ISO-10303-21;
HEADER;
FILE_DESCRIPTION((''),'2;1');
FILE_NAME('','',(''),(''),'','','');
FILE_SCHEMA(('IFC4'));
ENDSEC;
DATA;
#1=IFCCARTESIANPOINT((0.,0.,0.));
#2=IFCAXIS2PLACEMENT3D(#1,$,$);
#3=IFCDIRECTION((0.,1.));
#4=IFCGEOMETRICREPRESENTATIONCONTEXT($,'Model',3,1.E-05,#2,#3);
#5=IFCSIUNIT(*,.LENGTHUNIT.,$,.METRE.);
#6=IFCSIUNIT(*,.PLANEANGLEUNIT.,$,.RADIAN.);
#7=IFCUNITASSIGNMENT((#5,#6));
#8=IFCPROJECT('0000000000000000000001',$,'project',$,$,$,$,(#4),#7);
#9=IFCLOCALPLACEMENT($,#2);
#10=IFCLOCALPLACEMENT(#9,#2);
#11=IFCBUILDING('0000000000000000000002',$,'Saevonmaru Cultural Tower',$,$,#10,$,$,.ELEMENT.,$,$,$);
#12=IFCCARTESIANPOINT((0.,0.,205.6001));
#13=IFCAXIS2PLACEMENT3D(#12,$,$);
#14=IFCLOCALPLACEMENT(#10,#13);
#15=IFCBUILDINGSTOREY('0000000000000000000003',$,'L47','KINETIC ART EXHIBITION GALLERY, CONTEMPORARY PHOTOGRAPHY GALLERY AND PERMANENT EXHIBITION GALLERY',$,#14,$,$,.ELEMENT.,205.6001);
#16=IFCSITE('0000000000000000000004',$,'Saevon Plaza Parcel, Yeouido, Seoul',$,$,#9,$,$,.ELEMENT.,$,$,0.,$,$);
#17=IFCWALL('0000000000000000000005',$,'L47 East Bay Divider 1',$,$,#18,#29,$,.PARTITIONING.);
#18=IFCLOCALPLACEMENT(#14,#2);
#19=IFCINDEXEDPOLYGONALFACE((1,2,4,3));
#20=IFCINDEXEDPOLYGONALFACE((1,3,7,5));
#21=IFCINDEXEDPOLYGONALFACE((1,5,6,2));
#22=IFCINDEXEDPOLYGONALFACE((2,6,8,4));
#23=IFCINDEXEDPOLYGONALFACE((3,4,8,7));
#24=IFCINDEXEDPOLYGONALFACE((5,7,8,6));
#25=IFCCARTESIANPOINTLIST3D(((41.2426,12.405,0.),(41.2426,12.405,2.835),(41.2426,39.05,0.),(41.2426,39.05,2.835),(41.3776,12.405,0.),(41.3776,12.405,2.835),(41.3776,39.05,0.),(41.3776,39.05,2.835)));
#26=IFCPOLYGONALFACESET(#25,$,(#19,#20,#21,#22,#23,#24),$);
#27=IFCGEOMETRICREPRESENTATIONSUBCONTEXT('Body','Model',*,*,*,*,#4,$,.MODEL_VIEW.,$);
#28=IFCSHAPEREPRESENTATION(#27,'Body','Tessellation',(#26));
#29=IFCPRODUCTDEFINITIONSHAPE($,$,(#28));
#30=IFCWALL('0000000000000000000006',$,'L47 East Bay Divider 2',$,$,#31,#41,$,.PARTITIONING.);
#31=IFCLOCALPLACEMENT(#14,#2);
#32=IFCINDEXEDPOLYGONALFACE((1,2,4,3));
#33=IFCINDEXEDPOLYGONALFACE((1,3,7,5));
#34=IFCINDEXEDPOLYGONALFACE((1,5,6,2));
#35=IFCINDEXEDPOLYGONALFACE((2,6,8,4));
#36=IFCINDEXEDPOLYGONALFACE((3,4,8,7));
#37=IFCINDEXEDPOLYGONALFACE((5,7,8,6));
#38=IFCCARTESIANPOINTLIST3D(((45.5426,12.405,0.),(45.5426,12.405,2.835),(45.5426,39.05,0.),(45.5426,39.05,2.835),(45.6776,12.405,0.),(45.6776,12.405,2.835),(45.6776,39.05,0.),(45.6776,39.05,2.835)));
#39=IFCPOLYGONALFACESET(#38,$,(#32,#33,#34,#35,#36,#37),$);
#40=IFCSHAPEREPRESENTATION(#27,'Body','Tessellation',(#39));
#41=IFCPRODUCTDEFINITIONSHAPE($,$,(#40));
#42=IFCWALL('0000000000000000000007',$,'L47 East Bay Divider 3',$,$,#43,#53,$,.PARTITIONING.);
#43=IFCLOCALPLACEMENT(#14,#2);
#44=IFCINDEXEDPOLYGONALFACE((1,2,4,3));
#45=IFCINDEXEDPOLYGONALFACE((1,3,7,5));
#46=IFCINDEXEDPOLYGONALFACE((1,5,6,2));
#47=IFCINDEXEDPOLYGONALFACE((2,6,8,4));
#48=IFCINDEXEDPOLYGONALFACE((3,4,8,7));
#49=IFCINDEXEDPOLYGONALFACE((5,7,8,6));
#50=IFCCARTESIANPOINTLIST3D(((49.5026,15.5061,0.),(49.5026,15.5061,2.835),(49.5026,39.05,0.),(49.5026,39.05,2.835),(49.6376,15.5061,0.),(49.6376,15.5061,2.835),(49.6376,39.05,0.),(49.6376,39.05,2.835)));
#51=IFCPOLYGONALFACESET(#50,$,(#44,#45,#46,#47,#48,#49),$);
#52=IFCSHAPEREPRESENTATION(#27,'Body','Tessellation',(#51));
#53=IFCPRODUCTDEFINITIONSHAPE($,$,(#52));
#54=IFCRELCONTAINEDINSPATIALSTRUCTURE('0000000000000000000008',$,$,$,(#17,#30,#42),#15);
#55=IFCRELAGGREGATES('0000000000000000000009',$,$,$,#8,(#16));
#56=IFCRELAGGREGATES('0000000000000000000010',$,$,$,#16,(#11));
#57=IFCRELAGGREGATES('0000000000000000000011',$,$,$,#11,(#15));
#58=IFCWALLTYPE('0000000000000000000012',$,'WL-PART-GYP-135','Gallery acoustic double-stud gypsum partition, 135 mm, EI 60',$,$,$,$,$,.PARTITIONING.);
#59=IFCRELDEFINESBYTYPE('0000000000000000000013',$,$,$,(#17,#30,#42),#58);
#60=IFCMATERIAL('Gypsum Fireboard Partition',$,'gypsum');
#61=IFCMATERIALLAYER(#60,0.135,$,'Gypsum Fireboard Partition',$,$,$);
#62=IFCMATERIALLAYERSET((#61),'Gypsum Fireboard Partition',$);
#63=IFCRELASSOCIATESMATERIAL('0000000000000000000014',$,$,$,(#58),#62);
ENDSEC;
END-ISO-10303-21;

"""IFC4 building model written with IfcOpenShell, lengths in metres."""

from ifc_helpers import new_model, si_unit, direction, frame, frame_2d, origin, place, context, subcontext, project, spatial, rectangle, extrude, material, layer, layer_set, type_object, element, save


model = new_model("IFC4")

# Units and contexts
model_context = context("Model", 3, precision=1e-05, world=origin(), true_north=direction((0.0, 1.0)))
body_context = subcontext(model_context, "Body", "Model", "MODEL_VIEW")
ifc_project = project(units=[si_unit("LENGTHUNIT", "METRE"), si_unit("PLANEANGLEUNIT", "RADIAN")], contexts=[model_context])

# Site, building, storey
site_placement = place(None, origin())
site = spatial("IfcSite", under=ifc_project, at=site_placement, Name="Saevon Plaza Parcel, Yeouido, Seoul", CompositionType="ELEMENT", RefElevation=0.0)
building_placement = place(site_placement, origin())
building = spatial("IfcBuilding", under=site, at=building_placement, Name="Saevonmaru Cultural Tower", CompositionType="ELEMENT")
storey_placement = place(building_placement, frame((0.0, 0.0, 205.6001)))
storey = spatial("IfcBuildingStorey", under=building, at=storey_placement, Name="L47", Description="KINETIC ART EXHIBITION GALLERY, CONTEMPORARY PHOTOGRAPHY GALLERY AND PERMANENT EXHIBITION GALLERY", CompositionType="ELEMENT", Elevation=205.6001)

# Walls
ifc_material_1 = material(Name="Gypsum Fireboard Partition", Category="gypsum")
ifc_layer_1 = layer(ifc_material_1, 0.135, Name="Gypsum Fireboard Partition")
ifc_layer_set_1 = layer_set([ifc_layer_1], Name="Gypsum Fireboard Partition")
wall_type_1 = type_object("IfcWallType", Name="WL-PART-GYP-135", Description="Gallery acoustic double-stud gypsum partition, 135 mm, EI 60", PredefinedType="PARTITIONING", material=ifc_layer_set_1)
for number, where, z_axis, x_axis, name in (
    (1, (41.3101, 12.405, 0.0), (0.0, 0.0, 1.0), (0.0, 1.0, 0.0), "L47 East Bay Divider 1"),
    (2, (45.6101, 12.405, 0.0), (0.0, 0.0, 1.0), (0.0, 1.0, 0.0), "L47 East Bay Divider 2"),
):
    element("IfcWall", number, at=place(storey_placement, frame(where, z_axis=z_axis, x_axis=x_axis)), inside=storey, type_object=wall_type_1, Name=name, PredefinedType="PARTITIONING", context=body_context, shape_type="SweptSolid", body=[
        extrude(rectangle(XDim=26.645, YDim=0.135, at=frame_2d((13.3225, 0.0))), origin(), (0.0, 0.0, 1.0), 2.835),
    ])
wall_1_placement = place(storey_placement, frame((49.5701, 15.5061, 0.0), z_axis=(0.0, 0.0, 1.0), x_axis=(0.0, 1.0, 0.0)))
element("IfcWall", 3, at=wall_1_placement, inside=storey, type_object=wall_type_1, Name="L47 East Bay Divider 3", PredefinedType="PARTITIONING", context=body_context, shape_type="SweptSolid", body=[
    extrude(rectangle(XDim=23.5439, YDim=0.135, at=frame_2d((11.772, 0.0))), origin(), (0.0, 0.0, 1.0), 2.835),
])

save(model, "model.ifc")
